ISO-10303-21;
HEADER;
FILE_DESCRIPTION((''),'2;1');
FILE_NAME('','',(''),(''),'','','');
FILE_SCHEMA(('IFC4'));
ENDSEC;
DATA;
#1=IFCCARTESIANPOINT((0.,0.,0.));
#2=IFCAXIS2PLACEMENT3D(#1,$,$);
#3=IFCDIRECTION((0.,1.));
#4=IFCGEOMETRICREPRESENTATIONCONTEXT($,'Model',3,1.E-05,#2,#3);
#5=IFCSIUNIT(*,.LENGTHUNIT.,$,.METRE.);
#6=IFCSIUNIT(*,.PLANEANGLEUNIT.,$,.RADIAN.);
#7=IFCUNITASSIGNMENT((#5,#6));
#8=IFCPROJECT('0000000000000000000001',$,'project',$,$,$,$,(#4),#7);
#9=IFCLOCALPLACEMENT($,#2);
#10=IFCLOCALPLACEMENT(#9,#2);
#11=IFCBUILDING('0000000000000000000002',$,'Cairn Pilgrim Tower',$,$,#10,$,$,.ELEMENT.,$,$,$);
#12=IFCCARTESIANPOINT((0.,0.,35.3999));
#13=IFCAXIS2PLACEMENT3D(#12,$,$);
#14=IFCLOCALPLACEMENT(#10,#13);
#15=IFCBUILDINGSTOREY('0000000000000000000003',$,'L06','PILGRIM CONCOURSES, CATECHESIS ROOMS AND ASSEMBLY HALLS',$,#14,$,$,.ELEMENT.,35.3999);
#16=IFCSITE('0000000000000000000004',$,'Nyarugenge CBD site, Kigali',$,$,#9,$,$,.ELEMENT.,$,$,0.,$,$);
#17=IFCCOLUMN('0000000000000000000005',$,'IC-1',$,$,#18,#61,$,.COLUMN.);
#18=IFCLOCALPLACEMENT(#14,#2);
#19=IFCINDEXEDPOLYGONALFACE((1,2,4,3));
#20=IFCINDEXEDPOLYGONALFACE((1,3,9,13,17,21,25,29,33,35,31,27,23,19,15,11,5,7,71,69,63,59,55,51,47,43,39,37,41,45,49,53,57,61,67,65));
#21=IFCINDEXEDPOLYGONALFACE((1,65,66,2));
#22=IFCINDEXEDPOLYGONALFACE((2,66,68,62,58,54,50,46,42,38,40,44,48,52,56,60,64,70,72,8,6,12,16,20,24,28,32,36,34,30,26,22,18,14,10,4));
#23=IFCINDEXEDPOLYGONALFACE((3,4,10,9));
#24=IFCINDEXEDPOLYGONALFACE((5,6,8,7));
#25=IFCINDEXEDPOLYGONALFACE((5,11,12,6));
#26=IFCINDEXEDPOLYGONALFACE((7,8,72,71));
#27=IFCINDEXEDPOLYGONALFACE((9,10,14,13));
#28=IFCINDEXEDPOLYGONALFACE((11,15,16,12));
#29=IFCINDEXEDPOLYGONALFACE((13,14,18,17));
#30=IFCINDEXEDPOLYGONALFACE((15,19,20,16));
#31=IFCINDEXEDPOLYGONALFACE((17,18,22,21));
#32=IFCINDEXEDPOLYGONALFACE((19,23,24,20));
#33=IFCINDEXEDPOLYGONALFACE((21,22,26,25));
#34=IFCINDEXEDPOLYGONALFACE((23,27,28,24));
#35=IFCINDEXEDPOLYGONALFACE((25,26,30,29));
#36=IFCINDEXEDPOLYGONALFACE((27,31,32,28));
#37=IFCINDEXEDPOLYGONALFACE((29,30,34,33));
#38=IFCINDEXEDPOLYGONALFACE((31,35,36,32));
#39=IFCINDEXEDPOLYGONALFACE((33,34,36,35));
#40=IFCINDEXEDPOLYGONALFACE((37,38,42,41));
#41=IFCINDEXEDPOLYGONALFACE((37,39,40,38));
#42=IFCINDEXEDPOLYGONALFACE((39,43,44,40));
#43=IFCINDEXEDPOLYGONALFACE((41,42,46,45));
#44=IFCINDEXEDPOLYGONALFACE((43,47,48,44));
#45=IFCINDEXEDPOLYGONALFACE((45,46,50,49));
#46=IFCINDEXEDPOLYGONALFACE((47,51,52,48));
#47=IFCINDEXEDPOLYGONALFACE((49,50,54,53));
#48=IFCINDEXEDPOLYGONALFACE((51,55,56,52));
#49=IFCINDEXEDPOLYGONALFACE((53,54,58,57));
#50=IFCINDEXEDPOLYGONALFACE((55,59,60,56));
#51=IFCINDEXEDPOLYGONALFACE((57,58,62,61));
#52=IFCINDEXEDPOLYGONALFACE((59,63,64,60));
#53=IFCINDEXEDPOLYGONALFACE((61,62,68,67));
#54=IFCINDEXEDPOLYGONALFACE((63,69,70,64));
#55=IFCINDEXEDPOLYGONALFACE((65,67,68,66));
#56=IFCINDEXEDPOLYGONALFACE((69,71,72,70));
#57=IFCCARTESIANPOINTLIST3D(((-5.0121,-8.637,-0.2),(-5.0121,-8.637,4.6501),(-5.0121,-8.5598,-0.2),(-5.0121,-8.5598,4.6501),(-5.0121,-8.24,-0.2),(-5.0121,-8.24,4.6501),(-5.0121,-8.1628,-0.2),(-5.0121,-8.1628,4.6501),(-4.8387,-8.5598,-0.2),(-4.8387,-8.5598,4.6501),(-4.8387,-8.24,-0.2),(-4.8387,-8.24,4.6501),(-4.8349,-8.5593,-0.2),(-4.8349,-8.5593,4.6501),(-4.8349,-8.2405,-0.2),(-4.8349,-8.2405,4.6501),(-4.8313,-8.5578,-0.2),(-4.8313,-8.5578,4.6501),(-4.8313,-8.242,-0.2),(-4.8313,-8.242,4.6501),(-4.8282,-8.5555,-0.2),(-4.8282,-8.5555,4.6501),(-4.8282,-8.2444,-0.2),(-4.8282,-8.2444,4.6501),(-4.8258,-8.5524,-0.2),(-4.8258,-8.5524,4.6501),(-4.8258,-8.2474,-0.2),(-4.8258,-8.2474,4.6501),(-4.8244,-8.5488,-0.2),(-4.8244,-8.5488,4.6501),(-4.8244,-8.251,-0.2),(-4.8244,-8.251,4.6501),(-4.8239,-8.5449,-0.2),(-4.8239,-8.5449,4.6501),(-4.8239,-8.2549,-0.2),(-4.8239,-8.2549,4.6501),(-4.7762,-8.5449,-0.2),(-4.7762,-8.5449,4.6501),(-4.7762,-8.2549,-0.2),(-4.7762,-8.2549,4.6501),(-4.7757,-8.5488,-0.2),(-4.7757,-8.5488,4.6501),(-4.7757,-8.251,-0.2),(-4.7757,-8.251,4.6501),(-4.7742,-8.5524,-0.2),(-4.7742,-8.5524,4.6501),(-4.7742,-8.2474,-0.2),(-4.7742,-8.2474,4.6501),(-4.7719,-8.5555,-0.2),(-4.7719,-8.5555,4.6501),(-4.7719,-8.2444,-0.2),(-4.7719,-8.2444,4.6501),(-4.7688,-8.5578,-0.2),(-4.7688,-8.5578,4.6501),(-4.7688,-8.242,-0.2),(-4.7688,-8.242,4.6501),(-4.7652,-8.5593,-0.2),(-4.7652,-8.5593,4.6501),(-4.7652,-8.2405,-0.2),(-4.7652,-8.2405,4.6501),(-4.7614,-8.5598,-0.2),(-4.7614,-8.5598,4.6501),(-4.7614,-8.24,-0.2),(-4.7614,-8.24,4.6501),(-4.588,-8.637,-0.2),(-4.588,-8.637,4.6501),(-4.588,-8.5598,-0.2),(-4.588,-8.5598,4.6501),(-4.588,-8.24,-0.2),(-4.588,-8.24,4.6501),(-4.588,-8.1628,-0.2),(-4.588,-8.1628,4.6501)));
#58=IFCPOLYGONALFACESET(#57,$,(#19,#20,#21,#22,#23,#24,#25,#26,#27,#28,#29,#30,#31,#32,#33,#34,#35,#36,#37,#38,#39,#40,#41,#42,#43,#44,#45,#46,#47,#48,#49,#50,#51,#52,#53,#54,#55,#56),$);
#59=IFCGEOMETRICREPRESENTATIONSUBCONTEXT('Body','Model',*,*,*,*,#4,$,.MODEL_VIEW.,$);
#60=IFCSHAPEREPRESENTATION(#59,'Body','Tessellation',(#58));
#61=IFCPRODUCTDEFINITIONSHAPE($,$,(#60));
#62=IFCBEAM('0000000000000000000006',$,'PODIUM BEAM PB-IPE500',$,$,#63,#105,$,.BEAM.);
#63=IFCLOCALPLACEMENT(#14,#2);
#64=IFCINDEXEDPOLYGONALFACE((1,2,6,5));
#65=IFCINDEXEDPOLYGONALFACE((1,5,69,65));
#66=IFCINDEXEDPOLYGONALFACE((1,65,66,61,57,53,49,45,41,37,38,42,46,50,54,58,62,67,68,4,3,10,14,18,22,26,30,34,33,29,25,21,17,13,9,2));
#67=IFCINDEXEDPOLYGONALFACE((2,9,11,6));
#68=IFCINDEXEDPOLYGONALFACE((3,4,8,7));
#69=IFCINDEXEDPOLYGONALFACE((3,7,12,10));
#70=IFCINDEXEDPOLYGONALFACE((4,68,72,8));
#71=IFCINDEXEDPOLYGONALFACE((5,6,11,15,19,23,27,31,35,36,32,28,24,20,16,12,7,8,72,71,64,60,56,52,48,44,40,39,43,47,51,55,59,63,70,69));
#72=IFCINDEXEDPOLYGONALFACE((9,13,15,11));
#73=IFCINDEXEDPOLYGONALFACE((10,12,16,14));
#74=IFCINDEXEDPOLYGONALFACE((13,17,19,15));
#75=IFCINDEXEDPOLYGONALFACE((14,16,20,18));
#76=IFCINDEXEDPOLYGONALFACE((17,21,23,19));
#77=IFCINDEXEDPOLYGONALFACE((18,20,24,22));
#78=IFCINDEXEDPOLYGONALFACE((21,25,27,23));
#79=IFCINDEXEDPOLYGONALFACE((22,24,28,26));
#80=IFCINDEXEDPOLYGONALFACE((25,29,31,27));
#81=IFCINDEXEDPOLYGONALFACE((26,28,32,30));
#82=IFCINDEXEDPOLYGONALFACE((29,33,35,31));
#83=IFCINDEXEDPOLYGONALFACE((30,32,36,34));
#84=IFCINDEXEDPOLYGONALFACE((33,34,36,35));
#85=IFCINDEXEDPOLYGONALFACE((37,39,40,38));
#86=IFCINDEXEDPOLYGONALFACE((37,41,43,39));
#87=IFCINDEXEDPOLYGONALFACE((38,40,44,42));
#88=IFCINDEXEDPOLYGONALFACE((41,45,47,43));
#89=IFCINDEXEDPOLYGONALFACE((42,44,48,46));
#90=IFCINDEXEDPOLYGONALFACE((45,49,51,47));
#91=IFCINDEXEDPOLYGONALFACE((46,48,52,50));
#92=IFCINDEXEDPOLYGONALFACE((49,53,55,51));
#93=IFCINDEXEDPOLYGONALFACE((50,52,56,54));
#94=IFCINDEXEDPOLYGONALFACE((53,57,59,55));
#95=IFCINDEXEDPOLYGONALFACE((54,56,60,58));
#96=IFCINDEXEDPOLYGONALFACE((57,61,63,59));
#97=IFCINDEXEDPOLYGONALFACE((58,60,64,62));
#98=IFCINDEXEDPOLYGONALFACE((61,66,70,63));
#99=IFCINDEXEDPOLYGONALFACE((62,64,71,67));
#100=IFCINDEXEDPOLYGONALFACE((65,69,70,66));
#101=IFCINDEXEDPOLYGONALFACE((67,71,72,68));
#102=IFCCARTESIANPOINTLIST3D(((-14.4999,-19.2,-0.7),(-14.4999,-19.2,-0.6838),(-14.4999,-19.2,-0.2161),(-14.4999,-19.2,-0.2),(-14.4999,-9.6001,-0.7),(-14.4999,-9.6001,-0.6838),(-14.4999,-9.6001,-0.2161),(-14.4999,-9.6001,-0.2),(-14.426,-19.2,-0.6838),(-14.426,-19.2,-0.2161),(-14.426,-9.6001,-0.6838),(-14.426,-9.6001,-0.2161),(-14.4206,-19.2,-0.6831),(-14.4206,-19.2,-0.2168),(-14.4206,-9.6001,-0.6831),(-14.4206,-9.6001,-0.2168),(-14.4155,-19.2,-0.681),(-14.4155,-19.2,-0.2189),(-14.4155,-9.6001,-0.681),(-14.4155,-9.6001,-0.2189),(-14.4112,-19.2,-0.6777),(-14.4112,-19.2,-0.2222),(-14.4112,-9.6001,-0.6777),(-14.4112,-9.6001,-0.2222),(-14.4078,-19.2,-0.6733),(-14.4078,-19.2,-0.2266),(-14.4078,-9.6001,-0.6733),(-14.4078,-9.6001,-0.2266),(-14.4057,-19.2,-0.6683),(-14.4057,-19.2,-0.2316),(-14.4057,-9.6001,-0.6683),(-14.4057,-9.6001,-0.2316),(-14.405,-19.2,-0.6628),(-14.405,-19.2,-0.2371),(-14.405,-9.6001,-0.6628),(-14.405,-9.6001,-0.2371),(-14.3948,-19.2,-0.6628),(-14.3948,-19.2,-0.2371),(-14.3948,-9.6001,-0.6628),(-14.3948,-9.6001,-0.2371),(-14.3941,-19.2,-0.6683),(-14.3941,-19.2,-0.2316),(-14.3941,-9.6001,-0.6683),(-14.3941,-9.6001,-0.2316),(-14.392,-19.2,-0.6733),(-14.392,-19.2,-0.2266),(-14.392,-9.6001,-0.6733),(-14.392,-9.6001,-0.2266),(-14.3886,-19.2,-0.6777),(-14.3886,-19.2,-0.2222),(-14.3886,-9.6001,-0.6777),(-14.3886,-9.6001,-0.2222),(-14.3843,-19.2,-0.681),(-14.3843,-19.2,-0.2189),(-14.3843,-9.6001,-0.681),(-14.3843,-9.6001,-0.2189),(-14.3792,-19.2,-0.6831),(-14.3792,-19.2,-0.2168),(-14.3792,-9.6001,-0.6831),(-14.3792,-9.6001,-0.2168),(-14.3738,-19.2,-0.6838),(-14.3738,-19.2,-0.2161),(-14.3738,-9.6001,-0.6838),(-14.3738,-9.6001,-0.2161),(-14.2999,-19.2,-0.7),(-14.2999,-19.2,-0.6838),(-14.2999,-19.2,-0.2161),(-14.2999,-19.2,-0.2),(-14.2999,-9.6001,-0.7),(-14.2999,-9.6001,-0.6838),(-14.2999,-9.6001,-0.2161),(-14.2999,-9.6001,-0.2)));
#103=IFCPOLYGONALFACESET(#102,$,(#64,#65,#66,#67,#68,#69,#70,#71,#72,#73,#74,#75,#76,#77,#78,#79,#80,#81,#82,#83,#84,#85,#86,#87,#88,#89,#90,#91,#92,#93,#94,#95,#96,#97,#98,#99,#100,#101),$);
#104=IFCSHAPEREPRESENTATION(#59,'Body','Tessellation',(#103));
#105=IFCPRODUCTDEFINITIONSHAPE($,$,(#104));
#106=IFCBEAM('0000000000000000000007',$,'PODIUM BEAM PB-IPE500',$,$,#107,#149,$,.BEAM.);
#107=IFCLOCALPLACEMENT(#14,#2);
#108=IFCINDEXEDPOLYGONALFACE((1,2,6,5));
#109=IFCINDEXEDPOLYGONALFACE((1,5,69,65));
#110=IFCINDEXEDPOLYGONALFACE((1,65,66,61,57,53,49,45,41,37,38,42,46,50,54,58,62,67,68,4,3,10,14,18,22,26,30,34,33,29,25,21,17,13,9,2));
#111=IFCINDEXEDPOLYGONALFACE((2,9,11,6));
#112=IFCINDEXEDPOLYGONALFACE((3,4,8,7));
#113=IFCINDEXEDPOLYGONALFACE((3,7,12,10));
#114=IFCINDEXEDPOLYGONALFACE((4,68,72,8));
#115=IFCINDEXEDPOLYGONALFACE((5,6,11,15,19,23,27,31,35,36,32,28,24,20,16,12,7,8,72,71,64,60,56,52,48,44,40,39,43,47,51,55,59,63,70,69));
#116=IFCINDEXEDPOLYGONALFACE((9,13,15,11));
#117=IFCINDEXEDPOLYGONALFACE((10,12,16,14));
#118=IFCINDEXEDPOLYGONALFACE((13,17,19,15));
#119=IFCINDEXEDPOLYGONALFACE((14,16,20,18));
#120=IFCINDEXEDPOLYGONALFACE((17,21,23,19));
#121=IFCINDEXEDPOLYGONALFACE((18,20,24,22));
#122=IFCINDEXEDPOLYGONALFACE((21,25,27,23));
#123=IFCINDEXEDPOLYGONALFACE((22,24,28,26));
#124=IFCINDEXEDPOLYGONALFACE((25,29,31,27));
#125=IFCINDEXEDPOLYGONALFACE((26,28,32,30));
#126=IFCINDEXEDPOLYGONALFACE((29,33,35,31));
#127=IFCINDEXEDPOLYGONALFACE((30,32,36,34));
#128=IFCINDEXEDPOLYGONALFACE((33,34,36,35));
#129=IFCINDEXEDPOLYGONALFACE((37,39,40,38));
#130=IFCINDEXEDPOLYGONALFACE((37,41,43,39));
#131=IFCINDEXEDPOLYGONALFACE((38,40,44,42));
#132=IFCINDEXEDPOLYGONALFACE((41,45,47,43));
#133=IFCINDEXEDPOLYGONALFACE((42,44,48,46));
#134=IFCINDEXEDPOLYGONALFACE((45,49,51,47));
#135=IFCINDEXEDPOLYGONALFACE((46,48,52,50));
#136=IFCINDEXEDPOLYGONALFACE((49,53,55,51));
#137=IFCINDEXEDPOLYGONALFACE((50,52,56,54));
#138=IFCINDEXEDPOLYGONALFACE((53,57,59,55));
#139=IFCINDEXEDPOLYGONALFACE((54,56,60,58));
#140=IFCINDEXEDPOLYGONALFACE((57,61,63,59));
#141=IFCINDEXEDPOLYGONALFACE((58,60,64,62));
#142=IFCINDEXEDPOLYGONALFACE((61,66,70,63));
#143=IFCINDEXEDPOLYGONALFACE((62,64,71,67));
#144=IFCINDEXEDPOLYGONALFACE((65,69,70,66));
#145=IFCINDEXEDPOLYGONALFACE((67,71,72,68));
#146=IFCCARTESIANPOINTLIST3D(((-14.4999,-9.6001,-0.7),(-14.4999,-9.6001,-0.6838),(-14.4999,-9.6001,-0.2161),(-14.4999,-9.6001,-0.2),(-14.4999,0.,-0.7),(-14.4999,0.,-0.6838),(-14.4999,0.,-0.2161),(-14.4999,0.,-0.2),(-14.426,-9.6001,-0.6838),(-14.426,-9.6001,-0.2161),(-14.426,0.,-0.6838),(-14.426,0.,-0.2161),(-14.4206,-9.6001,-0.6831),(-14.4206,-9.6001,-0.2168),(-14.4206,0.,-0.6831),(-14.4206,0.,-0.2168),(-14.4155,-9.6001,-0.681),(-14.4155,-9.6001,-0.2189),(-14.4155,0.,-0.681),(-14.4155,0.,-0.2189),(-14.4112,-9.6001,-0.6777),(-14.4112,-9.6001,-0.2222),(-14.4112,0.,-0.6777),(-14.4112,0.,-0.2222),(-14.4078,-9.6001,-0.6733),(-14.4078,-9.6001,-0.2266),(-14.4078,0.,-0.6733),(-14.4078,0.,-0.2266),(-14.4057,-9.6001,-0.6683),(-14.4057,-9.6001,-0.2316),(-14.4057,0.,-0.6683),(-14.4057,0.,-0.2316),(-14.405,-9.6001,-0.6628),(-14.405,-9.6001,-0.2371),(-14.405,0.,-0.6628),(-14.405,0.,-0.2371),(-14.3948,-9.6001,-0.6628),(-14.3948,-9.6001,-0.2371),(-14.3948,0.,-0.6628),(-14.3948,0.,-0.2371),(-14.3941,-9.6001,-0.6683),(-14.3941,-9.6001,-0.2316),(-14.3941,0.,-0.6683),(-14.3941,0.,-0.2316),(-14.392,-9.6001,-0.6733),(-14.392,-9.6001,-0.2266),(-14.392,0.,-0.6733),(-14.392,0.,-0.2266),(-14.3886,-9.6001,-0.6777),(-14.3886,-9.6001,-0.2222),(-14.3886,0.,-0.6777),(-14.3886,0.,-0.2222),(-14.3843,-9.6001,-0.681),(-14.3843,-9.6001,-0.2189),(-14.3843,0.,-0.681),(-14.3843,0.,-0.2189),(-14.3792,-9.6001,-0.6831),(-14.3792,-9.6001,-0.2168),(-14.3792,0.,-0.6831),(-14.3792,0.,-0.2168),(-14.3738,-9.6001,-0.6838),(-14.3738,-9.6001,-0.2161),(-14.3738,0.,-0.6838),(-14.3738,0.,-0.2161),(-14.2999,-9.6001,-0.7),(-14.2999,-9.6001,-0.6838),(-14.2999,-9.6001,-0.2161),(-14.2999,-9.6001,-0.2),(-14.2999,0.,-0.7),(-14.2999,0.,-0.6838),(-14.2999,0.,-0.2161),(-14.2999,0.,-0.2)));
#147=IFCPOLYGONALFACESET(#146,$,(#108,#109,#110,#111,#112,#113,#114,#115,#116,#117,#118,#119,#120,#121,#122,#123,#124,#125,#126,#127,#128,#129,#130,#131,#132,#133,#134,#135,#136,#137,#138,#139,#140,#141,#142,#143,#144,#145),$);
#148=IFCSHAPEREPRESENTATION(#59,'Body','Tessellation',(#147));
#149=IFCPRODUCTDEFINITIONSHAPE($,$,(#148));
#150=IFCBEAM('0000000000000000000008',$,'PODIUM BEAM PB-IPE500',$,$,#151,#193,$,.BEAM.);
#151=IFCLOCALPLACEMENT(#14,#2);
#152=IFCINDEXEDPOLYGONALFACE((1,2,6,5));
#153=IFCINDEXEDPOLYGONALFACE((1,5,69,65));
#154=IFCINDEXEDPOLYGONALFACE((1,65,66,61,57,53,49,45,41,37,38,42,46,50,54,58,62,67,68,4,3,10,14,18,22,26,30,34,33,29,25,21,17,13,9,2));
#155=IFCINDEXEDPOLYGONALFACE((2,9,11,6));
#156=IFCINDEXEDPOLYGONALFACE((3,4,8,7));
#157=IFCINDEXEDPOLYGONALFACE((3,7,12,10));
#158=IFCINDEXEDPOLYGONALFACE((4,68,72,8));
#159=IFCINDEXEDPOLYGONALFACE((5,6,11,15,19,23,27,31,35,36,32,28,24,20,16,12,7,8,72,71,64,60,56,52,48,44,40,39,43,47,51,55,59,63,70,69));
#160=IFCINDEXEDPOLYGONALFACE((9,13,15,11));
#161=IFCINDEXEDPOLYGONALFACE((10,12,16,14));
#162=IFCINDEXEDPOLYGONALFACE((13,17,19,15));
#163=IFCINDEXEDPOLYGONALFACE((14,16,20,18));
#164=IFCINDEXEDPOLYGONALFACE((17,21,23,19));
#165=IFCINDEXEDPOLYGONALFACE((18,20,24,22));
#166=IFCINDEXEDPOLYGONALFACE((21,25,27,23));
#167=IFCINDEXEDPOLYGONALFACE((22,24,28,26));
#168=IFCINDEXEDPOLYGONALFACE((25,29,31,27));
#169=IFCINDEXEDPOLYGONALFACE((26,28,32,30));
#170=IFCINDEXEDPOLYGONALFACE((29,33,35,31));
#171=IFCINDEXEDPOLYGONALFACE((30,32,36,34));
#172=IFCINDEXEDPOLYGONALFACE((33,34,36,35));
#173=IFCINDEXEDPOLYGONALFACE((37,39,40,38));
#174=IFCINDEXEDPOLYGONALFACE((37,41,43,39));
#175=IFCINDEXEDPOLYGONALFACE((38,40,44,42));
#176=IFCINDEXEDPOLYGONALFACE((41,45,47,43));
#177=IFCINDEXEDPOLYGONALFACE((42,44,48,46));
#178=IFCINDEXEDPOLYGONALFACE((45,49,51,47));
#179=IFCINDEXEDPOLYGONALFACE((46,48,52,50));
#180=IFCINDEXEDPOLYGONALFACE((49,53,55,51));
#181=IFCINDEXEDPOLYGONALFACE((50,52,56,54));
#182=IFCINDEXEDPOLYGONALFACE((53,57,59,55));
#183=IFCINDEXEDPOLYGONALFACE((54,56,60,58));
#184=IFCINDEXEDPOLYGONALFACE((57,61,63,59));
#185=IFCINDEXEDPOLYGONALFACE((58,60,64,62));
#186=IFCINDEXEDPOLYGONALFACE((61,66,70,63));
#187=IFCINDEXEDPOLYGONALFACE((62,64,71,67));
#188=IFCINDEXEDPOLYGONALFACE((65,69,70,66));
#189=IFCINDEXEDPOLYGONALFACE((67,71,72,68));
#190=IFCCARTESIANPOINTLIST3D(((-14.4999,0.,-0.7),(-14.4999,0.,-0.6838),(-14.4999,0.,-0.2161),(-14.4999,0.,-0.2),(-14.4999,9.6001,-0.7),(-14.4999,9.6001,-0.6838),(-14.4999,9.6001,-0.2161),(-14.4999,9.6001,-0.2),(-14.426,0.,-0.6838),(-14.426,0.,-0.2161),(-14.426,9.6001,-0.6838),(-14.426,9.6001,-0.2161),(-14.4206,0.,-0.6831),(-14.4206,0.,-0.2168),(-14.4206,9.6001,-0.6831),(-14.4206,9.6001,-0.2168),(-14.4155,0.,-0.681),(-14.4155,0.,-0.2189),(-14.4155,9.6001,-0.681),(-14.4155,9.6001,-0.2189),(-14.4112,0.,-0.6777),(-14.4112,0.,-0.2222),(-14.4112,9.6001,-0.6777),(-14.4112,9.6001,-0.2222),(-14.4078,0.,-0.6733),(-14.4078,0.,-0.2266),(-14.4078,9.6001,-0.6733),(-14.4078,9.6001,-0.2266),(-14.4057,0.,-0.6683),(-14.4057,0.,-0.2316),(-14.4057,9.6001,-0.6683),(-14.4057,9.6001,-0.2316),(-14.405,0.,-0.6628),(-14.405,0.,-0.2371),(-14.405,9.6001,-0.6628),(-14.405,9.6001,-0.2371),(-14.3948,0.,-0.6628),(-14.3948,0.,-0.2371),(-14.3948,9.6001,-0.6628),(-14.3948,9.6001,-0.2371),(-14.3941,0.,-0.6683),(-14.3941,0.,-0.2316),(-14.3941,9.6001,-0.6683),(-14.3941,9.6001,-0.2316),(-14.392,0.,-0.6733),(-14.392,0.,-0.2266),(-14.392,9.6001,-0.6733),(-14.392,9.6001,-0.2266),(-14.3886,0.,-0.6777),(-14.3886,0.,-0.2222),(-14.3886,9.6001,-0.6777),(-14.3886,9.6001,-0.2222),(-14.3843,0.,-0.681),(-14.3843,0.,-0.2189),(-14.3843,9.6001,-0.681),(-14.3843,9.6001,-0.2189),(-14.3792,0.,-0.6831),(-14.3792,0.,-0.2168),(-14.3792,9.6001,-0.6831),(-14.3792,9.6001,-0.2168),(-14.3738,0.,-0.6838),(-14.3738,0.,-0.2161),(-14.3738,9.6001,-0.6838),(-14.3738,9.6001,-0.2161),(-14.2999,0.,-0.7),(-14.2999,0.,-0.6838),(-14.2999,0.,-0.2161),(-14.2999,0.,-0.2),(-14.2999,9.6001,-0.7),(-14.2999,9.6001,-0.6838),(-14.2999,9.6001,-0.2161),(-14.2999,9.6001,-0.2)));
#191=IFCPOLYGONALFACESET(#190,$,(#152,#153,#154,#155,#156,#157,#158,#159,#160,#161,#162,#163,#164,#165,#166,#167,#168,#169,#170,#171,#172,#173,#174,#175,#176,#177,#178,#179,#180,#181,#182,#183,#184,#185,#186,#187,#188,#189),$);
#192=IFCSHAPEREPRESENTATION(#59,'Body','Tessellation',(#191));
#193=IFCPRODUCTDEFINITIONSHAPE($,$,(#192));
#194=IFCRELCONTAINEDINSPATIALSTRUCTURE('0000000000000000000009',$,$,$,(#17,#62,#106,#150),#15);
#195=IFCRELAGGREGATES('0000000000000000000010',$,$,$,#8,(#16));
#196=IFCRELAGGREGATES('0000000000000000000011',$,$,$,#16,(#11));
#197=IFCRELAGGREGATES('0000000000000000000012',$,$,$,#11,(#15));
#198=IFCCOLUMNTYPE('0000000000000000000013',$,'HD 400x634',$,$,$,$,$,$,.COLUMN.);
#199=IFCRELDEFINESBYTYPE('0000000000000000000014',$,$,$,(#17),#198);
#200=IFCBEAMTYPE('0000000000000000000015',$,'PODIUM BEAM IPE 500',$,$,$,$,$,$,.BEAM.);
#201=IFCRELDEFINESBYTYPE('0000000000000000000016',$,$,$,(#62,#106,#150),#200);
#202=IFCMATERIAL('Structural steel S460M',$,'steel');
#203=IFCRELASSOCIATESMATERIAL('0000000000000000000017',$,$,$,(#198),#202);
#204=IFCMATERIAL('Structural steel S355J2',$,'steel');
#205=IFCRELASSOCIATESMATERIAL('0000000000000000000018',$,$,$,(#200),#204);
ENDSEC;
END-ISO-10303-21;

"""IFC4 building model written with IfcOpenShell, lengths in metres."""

from ifc_helpers import new_model, si_unit, direction, frame, origin, origin_2d, place, context, subcontext, project, spatial, i_section, extrude, material, material_profile, profile_set, type_object, element, save


model = new_model("IFC4")

# Units and contexts
model_context = context("Model", 3, precision=1e-05, world=origin(), true_north=direction((0.0, 1.0)))
body_context = subcontext(model_context, "Body", "Model", "MODEL_VIEW")
ifc_project = project(units=[si_unit("LENGTHUNIT", "METRE"), si_unit("PLANEANGLEUNIT", "RADIAN")], contexts=[model_context])

# Site, building, storey
site_placement = place(None, origin())
site = spatial("IfcSite", under=ifc_project, at=site_placement, Name="Nyarugenge CBD site, Kigali", CompositionType="ELEMENT", RefElevation=0.0)
building_placement = place(site_placement, origin())
building = spatial("IfcBuilding", under=site, at=building_placement, Name="Cairn Pilgrim Tower", CompositionType="ELEMENT")
storey_placement = place(building_placement, frame((0.0, 0.0, 35.3999)))
storey = spatial("IfcBuildingStorey", under=building, at=storey_placement, Name="L06", Description="PILGRIM CONCOURSES, CATECHESIS ROOMS AND ASSEMBLY HALLS", CompositionType="ELEMENT", Elevation=35.3999)

# Column
ifc_material_1 = material(Name="Structural steel S460M", Category="steel")
ifc_material_profile_1 = material_profile(ifc_material_1, i_section(OverallWidth=0.4241, OverallDepth=0.4741, WebThickness=0.0476, FlangeThickness=0.0771, FilletRadius=0.0149, at=origin_2d()), Name="HD 400x634")
ifc_profile_set_1 = profile_set([ifc_material_profile_1], Name="Structural steel S460M")
column_type_1 = type_object("IfcColumnType", Name="HD 400x634", PredefinedType="COLUMN", material=ifc_profile_set_1)
column_1_placement = place(storey_placement, frame((-4.8, -8.3999, -0.2), z_axis=(0.0, 0.0, 1.0), x_axis=(1.0, 0.0, 0.0)))
element("IfcColumn", 1, at=column_1_placement, inside=storey, type_object=column_type_1, Name="IC-1", PredefinedType="COLUMN", context=body_context, shape_type="SweptSolid", body=[
    extrude(i_section(OverallWidth=0.4241, OverallDepth=0.4741, WebThickness=0.0476, FlangeThickness=0.0771, FilletRadius=0.0149, at=origin_2d()), origin(), (0.0, 0.0, 1.0), 4.8501),
])

# Beams
ifc_material_2 = material(Name="Structural steel S355J2", Category="steel")
ifc_material_profile_2 = material_profile(ifc_material_2, i_section(OverallWidth=0.2, OverallDepth=0.5, WebThickness=0.0103, FlangeThickness=0.0161, FilletRadius=0.021, at=origin_2d()), Name="IPE 500")
ifc_profile_set_2 = profile_set([ifc_material_profile_2], Name="Structural steel S355J2")
beam_type_1 = type_object("IfcBeamType", Name="PODIUM BEAM IPE 500", PredefinedType="BEAM", material=ifc_profile_set_2)
beam_1_placement = place(storey_placement, frame((-14.3999, -19.2, -0.45), z_axis=(0.0, 1.0, 0.0), x_axis=(-1.0, 0.0, 0.0)))
element("IfcBeam", 2, at=beam_1_placement, inside=storey, type_object=beam_type_1, Name="PODIUM BEAM PB-IPE500", PredefinedType="BEAM", context=body_context, shape_type="SweptSolid", body=[
    extrude(i_section(OverallWidth=0.2, OverallDepth=0.5, WebThickness=0.0103, FlangeThickness=0.0161, FilletRadius=0.021, at=origin_2d()), origin(), (0.0, 0.0, 1.0), 9.5999),
])
for number, where, z_axis, x_axis, name in (
    (3, (-14.3999, -9.6001, -0.45), (0.0, 1.0, 0.0), (-1.0, 0.0, 0.0), "PODIUM BEAM PB-IPE500"),
    (4, (-14.3999, 0.0, -0.45), (0.0, 1.0, 0.0), (-1.0, 0.0, 0.0), "PODIUM BEAM PB-IPE500"),
):
    element("IfcBeam", number, at=place(storey_placement, frame(where, z_axis=z_axis, x_axis=x_axis)), inside=storey, type_object=beam_type_1, Name=name, PredefinedType="BEAM", context=body_context, shape_type="SweptSolid", body=[
        extrude(i_section(OverallWidth=0.2, OverallDepth=0.5, WebThickness=0.0103, FlangeThickness=0.0161, FilletRadius=0.021, at=origin_2d()), origin(), (0.0, 0.0, 1.0), 9.6001),
    ])

save(model, "model.ifc")
